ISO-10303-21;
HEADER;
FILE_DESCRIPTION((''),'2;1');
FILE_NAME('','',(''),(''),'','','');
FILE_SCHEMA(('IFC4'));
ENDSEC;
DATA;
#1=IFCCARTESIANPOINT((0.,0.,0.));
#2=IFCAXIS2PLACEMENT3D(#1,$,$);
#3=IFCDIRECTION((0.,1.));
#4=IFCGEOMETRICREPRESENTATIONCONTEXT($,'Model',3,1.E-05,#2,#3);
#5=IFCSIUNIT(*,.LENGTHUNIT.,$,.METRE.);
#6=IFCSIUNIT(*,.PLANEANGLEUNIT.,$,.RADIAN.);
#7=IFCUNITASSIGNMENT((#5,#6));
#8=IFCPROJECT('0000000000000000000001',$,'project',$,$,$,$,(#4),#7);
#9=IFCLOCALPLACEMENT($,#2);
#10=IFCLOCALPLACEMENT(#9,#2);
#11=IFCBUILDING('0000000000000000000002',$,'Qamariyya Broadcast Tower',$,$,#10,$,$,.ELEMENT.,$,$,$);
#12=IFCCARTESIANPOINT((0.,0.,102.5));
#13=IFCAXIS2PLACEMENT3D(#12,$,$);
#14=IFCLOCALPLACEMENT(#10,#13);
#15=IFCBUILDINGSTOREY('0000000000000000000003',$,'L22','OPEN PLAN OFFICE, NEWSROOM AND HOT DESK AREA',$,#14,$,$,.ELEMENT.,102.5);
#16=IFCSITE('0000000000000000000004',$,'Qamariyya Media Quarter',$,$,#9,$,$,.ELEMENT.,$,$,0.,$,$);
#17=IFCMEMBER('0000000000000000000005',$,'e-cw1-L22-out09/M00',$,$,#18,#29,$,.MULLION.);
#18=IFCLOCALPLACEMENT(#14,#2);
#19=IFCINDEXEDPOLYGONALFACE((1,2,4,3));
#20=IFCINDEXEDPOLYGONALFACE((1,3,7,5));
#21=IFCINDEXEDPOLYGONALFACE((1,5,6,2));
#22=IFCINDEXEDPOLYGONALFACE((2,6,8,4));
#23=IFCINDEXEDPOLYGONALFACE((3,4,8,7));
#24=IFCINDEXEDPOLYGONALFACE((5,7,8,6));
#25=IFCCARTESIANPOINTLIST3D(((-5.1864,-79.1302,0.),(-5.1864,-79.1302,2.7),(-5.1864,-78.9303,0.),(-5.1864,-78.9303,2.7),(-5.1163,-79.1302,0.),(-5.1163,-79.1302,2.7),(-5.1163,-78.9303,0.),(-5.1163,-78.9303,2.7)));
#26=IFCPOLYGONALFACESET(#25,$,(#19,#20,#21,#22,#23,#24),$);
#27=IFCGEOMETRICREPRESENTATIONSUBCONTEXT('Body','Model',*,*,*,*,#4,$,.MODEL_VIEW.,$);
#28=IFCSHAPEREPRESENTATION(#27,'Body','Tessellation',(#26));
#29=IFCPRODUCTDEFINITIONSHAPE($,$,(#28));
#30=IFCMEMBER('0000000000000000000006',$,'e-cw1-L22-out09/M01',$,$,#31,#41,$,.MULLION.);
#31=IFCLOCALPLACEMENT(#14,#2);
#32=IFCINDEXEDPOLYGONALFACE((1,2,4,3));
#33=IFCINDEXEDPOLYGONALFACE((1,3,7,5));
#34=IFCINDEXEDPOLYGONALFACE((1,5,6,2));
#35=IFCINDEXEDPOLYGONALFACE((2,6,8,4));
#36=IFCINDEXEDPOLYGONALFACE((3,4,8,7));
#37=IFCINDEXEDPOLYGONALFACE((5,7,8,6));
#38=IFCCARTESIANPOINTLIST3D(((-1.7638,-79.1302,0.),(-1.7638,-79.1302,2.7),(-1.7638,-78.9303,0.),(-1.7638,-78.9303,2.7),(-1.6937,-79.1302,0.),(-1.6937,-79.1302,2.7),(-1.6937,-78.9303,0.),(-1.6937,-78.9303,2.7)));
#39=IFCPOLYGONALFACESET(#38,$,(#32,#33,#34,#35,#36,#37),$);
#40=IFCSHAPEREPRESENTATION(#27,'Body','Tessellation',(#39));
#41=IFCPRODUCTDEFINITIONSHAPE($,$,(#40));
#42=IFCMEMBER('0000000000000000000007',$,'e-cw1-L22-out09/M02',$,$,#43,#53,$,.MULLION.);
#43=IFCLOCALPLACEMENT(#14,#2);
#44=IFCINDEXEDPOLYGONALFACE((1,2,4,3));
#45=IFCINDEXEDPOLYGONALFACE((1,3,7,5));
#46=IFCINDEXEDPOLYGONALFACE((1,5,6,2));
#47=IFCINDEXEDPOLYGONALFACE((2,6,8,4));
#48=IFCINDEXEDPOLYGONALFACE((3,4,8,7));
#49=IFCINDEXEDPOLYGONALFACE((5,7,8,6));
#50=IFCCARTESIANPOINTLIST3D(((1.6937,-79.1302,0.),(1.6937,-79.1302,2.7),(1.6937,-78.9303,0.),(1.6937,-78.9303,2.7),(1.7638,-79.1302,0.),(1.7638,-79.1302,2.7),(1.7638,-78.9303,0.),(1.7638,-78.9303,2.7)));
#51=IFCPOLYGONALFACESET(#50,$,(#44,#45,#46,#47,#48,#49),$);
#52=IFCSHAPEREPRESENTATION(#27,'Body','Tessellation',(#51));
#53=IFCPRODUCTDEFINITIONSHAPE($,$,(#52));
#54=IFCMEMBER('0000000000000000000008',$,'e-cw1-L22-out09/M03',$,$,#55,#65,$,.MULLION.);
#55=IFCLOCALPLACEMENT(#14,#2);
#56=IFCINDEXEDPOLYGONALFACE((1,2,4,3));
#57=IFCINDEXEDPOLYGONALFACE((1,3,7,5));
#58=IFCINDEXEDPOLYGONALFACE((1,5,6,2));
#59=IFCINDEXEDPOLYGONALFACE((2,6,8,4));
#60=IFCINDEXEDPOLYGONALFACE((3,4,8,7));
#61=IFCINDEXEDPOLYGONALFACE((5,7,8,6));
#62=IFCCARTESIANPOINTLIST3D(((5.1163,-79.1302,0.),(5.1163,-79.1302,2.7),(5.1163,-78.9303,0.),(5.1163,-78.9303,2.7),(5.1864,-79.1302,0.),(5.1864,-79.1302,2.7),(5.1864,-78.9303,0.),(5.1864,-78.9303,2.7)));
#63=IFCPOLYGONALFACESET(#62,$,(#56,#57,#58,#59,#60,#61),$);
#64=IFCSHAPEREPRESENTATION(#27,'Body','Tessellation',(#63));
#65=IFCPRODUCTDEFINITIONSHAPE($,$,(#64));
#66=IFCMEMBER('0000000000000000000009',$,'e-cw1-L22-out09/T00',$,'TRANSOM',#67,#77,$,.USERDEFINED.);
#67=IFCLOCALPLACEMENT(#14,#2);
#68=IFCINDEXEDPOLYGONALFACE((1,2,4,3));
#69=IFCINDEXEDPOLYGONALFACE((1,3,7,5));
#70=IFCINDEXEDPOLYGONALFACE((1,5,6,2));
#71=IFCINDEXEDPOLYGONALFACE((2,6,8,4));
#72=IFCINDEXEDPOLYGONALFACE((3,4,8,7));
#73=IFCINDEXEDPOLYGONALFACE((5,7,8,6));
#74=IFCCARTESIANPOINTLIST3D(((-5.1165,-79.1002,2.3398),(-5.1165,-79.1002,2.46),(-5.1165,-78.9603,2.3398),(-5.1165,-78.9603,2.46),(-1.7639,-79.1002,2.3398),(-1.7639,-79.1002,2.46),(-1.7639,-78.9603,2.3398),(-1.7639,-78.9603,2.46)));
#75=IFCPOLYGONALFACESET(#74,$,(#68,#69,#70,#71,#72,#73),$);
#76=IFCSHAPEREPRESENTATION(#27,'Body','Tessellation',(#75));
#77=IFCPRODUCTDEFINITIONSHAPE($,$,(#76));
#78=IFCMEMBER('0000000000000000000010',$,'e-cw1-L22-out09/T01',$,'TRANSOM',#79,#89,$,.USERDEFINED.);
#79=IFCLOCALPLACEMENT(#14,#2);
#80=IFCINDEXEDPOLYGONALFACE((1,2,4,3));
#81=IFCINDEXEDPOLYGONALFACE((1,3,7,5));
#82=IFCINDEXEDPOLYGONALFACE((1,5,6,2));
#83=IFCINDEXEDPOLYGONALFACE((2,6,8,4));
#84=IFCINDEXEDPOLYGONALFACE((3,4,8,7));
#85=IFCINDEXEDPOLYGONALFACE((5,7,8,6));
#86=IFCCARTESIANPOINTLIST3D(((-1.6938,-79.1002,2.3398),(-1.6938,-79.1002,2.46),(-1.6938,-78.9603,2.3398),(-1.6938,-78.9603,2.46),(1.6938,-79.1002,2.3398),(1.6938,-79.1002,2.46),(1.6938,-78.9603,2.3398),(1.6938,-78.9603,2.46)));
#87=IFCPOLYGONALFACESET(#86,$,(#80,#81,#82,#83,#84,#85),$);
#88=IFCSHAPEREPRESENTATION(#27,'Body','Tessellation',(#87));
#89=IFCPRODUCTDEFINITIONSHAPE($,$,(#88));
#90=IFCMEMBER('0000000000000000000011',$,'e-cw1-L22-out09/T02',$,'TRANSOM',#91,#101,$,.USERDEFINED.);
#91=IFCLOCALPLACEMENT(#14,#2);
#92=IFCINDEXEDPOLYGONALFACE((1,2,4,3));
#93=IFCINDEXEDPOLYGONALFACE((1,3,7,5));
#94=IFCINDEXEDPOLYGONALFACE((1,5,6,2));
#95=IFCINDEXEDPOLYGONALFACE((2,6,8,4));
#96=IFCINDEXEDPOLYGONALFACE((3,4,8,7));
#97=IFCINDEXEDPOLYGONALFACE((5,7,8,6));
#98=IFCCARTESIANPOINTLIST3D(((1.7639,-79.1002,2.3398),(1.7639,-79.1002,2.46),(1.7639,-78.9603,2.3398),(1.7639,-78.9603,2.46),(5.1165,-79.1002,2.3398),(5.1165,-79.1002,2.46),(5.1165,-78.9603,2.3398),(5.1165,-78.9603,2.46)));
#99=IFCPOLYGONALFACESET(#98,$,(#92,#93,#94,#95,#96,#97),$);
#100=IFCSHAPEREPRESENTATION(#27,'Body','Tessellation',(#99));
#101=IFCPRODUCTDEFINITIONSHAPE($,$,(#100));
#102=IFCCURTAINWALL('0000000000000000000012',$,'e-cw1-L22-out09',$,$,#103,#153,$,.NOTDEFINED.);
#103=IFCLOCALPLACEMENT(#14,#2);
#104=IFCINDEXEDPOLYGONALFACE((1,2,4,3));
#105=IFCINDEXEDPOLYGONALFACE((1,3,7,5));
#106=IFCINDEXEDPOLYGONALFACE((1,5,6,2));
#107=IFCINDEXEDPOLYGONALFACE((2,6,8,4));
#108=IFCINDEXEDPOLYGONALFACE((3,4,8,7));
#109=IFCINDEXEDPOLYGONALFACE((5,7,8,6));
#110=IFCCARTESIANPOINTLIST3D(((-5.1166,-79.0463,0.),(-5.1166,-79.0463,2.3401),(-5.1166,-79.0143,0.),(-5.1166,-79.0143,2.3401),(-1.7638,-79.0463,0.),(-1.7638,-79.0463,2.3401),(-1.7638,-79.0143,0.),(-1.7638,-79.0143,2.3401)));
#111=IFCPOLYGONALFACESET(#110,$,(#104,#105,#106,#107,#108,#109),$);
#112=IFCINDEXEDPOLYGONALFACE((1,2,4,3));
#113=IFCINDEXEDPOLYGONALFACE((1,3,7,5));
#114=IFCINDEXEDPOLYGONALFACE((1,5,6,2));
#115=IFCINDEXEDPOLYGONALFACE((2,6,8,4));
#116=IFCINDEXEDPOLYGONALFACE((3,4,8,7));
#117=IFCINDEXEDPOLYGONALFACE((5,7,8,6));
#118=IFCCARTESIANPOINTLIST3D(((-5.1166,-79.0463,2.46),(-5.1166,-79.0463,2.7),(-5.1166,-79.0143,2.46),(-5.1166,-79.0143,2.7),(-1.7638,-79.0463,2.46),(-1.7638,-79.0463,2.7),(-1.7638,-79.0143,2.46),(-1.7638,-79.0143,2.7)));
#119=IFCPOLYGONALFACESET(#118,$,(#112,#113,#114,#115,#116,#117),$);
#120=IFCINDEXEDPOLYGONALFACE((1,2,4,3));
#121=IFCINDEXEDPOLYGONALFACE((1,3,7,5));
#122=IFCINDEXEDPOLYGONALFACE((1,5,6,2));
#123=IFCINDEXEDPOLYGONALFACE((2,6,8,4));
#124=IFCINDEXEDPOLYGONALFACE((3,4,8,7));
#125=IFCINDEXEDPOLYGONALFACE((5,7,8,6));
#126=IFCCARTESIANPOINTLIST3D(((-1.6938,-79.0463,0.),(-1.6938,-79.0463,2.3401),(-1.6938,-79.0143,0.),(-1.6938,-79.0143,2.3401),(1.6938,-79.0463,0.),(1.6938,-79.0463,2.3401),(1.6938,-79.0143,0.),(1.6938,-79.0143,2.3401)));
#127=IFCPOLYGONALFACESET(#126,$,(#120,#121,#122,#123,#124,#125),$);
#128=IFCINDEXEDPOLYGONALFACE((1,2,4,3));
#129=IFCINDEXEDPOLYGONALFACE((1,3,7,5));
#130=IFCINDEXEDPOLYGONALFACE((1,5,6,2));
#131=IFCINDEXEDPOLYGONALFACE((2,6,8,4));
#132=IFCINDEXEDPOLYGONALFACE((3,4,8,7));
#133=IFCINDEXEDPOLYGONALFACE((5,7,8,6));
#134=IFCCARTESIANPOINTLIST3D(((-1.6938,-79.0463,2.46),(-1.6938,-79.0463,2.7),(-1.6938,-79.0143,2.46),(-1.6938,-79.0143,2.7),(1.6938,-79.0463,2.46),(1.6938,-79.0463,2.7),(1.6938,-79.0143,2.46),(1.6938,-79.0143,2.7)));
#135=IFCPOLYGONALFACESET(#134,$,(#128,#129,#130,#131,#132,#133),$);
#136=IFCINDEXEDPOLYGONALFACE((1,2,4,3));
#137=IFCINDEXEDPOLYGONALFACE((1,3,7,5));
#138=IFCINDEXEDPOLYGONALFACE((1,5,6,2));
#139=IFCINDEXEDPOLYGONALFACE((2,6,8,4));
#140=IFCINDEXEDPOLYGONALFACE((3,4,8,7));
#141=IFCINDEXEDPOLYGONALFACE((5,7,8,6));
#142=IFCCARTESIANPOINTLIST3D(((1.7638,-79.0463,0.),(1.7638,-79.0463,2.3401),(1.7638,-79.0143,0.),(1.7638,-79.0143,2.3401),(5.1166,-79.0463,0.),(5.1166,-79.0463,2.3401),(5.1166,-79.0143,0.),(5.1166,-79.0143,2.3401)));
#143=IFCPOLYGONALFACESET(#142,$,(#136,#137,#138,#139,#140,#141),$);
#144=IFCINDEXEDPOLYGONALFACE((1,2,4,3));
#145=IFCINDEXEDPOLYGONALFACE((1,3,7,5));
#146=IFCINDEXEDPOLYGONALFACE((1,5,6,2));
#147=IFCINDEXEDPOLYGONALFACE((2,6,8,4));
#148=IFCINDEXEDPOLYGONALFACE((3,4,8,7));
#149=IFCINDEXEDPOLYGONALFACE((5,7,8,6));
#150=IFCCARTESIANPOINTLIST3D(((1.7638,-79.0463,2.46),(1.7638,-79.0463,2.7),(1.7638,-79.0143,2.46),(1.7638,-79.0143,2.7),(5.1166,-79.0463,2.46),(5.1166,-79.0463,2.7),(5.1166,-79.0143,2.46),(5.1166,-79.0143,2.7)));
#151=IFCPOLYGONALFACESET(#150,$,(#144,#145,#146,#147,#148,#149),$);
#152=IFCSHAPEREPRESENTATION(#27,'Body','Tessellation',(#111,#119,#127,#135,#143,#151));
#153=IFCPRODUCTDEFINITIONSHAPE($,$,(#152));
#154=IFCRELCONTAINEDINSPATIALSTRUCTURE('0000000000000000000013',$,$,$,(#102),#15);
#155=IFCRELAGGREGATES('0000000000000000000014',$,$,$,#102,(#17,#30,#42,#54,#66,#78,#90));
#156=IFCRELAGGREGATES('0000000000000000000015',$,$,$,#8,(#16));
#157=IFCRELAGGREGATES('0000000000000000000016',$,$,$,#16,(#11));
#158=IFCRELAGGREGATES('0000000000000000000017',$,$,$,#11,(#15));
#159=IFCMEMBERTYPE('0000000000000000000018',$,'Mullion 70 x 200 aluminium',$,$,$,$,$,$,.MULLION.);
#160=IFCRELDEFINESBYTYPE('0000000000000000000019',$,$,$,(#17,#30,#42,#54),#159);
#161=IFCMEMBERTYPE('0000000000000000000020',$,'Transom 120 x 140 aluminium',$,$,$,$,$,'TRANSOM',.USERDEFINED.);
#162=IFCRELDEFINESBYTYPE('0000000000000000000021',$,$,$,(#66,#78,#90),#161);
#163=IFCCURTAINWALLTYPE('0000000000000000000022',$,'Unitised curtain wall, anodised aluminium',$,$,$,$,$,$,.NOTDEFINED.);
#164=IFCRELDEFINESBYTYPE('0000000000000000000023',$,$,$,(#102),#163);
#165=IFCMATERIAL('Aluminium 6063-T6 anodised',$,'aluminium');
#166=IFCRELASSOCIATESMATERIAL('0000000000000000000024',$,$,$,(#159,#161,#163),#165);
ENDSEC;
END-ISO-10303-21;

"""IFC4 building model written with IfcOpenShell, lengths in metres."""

from ifc_helpers import new_model, si_unit, direction, frame, origin, origin_2d, place, context, subcontext, project, spatial, rectangle, extrude, material, material_profile, profile_set, type_object, element, aggregate, save


model = new_model("IFC4")

# Units and contexts
model_context = context("Model", 3, precision=1e-05, world=origin(), true_north=direction((0.0, 1.0)))
body_context = subcontext(model_context, "Body", "Model", "MODEL_VIEW")
ifc_project = project(units=[si_unit("LENGTHUNIT", "METRE"), si_unit("PLANEANGLEUNIT", "RADIAN")], contexts=[model_context])

# Members
ifc_material = material(Name="Aluminium 6063-T6 anodised", Category="aluminium")
ifc_material_profile_1 = material_profile(ifc_material, rectangle(XDim=0.2, YDim=0.0701, at=origin_2d()))
ifc_profile_set_1 = profile_set([ifc_material_profile_1], Name="Aluminium 6063-T6 anodised")
member_type_1 = type_object("IfcMemberType", Name="Mullion 70 x 200 aluminium", PredefinedType="MULLION", material=ifc_profile_set_1)
site_placement = place(None, origin())
building_placement = place(site_placement, origin())
storey_placement = place(building_placement, frame((0.0, 0.0, 102.5)))
member_1_placement = place(storey_placement, frame((-5.1514, -79.0303, 0.0), z_axis=(0.0, 0.0, 1.0), x_axis=(0.0, 1.0, 0.0)))
member_1 = element("IfcMember", 1, at=member_1_placement, type_object=member_type_1, Name="e-cw1-L22-out09/M00", PredefinedType="MULLION", context=body_context, shape_type="SweptSolid", body=[
    extrude(rectangle(XDim=0.2, YDim=0.0701, at=origin_2d()), origin(), (0.0, 0.0, 1.0), 2.7),
])
member_2_placement = place(storey_placement, frame((-1.7288, -79.0303, 0.0), z_axis=(0.0, 0.0, 1.0), x_axis=(0.0, 1.0, 0.0)))
member_2 = element("IfcMember", 2, at=member_2_placement, type_object=member_type_1, Name="e-cw1-L22-out09/M01", PredefinedType="MULLION", context=body_context, shape_type="SweptSolid", body=[
    extrude(rectangle(XDim=0.2, YDim=0.0701, at=origin_2d()), origin(), (0.0, 0.0, 1.0), 2.7),
])
member_3_placement = place(storey_placement, frame((1.7288, -79.0303, 0.0), z_axis=(0.0, 0.0, 1.0), x_axis=(0.0, 1.0, 0.0)))
member_3 = element("IfcMember", 3, at=member_3_placement, type_object=member_type_1, Name="e-cw1-L22-out09/M02", PredefinedType="MULLION", context=body_context, shape_type="SweptSolid", body=[
    extrude(rectangle(XDim=0.2, YDim=0.0701, at=origin_2d()), origin(), (0.0, 0.0, 1.0), 2.7),
])
member_4_placement = place(storey_placement, frame((5.1514, -79.0303, 0.0), z_axis=(0.0, 0.0, 1.0), x_axis=(0.0, 1.0, 0.0)))
member_4 = element("IfcMember", 4, at=member_4_placement, type_object=member_type_1, Name="e-cw1-L22-out09/M03", PredefinedType="MULLION", context=body_context, shape_type="SweptSolid", body=[
    extrude(rectangle(XDim=0.2, YDim=0.0701, at=origin_2d()), origin(), (0.0, 0.0, 1.0), 2.7),
])
ifc_material_profile_2 = material_profile(ifc_material, rectangle(XDim=0.1399, YDim=0.1201, at=origin_2d()))
ifc_profile_set_2 = profile_set([ifc_material_profile_2], Name="Aluminium 6063-T6 anodised")
member_type_2 = type_object("IfcMemberType", Name="Transom 120 x 140 aluminium", ElementType="TRANSOM", PredefinedType="USERDEFINED", material=ifc_profile_set_2)
member_5_placement = place(storey_placement, frame((-5.1165, -79.0303, 2.3999), z_axis=(1.0, 0.0, 0.0), x_axis=(0.0, 1.0, 0.0)))
member_5 = element("IfcMember", 5, at=member_5_placement, type_object=member_type_2, Name="e-cw1-L22-out09/T00", ObjectType="TRANSOM", PredefinedType="USERDEFINED", context=body_context, shape_type="SweptSolid", body=[
    extrude(rectangle(XDim=0.1399, YDim=0.1201, at=origin_2d()), origin(), (0.0, 0.0, 1.0), 3.3525),
])
member_6_placement = place(storey_placement, frame((-1.6938, -79.0303, 2.3999), z_axis=(1.0, 0.0, 0.0), x_axis=(0.0, 1.0, 0.0)))
member_6 = element("IfcMember", 6, at=member_6_placement, type_object=member_type_2, Name="e-cw1-L22-out09/T01", ObjectType="TRANSOM", PredefinedType="USERDEFINED", context=body_context, shape_type="SweptSolid", body=[
    extrude(rectangle(XDim=0.1399, YDim=0.1201, at=origin_2d()), origin(), (0.0, 0.0, 1.0), 3.3877),
])
member_7_placement = place(storey_placement, frame((1.7639, -79.0303, 2.3999), z_axis=(1.0, 0.0, 0.0), x_axis=(0.0, 1.0, 0.0)))
member_7 = element("IfcMember", 7, at=member_7_placement, type_object=member_type_2, Name="e-cw1-L22-out09/T02", ObjectType="TRANSOM", PredefinedType="USERDEFINED", context=body_context, shape_type="SweptSolid", body=[
    extrude(rectangle(XDim=0.1399, YDim=0.1201, at=origin_2d()), origin(), (0.0, 0.0, 1.0), 3.3525),
])

# Site, building, storey
site = spatial("IfcSite", under=ifc_project, at=site_placement, Name="Qamariyya Media Quarter", CompositionType="ELEMENT", RefElevation=0.0)
building = spatial("IfcBuilding", under=site, at=building_placement, Name="Qamariyya Broadcast Tower", CompositionType="ELEMENT")
storey = spatial("IfcBuildingStorey", under=building, at=storey_placement, Name="L22", Description="OPEN PLAN OFFICE, NEWSROOM AND HOT DESK AREA", CompositionType="ELEMENT", Elevation=102.5)

# Curtain wall
curtain_wall_type = type_object("IfcCurtainWallType", Name="Unitised curtain wall, anodised aluminium", PredefinedType="NOTDEFINED", material=ifc_material)
curtain_wall_1_placement = place(storey_placement, origin())
curtain_wall_1 = element("IfcCurtainWall", 8, at=curtain_wall_1_placement, inside=storey, type_object=curtain_wall_type, Name="e-cw1-L22-out09", PredefinedType="NOTDEFINED", context=body_context, shape_type="SweptSolid", body=[
    extrude(rectangle(XDim=3.3528, YDim=0.032, at=origin_2d()), frame((-3.4402, -79.0303, 0.0), x_axis=(1.0, 0.0, 0.0)), (0.0, 0.0, 1.0), 2.3401),
    extrude(rectangle(XDim=3.3528, YDim=0.032, at=origin_2d()), frame((-3.4402, -79.0303, 2.46), x_axis=(1.0, 0.0, 0.0)), (0.0, 0.0, 1.0), 0.24),
    extrude(rectangle(XDim=3.3877, YDim=0.032, at=origin_2d()), frame((0.0, -79.0303, 0.0), x_axis=(1.0, 0.0, 0.0)), (0.0, 0.0, 1.0), 2.3401),
    extrude(rectangle(XDim=3.3877, YDim=0.032, at=origin_2d()), frame((0.0, -79.0303, 2.46), x_axis=(1.0, 0.0, 0.0)), (0.0, 0.0, 1.0), 0.24),
    extrude(rectangle(XDim=3.3528, YDim=0.032, at=origin_2d()), frame((3.4402, -79.0303, 0.0), x_axis=(1.0, 0.0, 0.0)), (0.0, 0.0, 1.0), 2.3401),
    extrude(rectangle(XDim=3.3528, YDim=0.032, at=origin_2d()), frame((3.4402, -79.0303, 2.46), x_axis=(1.0, 0.0, 0.0)), (0.0, 0.0, 1.0), 0.24),
])
aggregate(curtain_wall_1, [member_1, member_2, member_3, member_4, member_5, member_6, member_7])

save(model, "model.ifc")
